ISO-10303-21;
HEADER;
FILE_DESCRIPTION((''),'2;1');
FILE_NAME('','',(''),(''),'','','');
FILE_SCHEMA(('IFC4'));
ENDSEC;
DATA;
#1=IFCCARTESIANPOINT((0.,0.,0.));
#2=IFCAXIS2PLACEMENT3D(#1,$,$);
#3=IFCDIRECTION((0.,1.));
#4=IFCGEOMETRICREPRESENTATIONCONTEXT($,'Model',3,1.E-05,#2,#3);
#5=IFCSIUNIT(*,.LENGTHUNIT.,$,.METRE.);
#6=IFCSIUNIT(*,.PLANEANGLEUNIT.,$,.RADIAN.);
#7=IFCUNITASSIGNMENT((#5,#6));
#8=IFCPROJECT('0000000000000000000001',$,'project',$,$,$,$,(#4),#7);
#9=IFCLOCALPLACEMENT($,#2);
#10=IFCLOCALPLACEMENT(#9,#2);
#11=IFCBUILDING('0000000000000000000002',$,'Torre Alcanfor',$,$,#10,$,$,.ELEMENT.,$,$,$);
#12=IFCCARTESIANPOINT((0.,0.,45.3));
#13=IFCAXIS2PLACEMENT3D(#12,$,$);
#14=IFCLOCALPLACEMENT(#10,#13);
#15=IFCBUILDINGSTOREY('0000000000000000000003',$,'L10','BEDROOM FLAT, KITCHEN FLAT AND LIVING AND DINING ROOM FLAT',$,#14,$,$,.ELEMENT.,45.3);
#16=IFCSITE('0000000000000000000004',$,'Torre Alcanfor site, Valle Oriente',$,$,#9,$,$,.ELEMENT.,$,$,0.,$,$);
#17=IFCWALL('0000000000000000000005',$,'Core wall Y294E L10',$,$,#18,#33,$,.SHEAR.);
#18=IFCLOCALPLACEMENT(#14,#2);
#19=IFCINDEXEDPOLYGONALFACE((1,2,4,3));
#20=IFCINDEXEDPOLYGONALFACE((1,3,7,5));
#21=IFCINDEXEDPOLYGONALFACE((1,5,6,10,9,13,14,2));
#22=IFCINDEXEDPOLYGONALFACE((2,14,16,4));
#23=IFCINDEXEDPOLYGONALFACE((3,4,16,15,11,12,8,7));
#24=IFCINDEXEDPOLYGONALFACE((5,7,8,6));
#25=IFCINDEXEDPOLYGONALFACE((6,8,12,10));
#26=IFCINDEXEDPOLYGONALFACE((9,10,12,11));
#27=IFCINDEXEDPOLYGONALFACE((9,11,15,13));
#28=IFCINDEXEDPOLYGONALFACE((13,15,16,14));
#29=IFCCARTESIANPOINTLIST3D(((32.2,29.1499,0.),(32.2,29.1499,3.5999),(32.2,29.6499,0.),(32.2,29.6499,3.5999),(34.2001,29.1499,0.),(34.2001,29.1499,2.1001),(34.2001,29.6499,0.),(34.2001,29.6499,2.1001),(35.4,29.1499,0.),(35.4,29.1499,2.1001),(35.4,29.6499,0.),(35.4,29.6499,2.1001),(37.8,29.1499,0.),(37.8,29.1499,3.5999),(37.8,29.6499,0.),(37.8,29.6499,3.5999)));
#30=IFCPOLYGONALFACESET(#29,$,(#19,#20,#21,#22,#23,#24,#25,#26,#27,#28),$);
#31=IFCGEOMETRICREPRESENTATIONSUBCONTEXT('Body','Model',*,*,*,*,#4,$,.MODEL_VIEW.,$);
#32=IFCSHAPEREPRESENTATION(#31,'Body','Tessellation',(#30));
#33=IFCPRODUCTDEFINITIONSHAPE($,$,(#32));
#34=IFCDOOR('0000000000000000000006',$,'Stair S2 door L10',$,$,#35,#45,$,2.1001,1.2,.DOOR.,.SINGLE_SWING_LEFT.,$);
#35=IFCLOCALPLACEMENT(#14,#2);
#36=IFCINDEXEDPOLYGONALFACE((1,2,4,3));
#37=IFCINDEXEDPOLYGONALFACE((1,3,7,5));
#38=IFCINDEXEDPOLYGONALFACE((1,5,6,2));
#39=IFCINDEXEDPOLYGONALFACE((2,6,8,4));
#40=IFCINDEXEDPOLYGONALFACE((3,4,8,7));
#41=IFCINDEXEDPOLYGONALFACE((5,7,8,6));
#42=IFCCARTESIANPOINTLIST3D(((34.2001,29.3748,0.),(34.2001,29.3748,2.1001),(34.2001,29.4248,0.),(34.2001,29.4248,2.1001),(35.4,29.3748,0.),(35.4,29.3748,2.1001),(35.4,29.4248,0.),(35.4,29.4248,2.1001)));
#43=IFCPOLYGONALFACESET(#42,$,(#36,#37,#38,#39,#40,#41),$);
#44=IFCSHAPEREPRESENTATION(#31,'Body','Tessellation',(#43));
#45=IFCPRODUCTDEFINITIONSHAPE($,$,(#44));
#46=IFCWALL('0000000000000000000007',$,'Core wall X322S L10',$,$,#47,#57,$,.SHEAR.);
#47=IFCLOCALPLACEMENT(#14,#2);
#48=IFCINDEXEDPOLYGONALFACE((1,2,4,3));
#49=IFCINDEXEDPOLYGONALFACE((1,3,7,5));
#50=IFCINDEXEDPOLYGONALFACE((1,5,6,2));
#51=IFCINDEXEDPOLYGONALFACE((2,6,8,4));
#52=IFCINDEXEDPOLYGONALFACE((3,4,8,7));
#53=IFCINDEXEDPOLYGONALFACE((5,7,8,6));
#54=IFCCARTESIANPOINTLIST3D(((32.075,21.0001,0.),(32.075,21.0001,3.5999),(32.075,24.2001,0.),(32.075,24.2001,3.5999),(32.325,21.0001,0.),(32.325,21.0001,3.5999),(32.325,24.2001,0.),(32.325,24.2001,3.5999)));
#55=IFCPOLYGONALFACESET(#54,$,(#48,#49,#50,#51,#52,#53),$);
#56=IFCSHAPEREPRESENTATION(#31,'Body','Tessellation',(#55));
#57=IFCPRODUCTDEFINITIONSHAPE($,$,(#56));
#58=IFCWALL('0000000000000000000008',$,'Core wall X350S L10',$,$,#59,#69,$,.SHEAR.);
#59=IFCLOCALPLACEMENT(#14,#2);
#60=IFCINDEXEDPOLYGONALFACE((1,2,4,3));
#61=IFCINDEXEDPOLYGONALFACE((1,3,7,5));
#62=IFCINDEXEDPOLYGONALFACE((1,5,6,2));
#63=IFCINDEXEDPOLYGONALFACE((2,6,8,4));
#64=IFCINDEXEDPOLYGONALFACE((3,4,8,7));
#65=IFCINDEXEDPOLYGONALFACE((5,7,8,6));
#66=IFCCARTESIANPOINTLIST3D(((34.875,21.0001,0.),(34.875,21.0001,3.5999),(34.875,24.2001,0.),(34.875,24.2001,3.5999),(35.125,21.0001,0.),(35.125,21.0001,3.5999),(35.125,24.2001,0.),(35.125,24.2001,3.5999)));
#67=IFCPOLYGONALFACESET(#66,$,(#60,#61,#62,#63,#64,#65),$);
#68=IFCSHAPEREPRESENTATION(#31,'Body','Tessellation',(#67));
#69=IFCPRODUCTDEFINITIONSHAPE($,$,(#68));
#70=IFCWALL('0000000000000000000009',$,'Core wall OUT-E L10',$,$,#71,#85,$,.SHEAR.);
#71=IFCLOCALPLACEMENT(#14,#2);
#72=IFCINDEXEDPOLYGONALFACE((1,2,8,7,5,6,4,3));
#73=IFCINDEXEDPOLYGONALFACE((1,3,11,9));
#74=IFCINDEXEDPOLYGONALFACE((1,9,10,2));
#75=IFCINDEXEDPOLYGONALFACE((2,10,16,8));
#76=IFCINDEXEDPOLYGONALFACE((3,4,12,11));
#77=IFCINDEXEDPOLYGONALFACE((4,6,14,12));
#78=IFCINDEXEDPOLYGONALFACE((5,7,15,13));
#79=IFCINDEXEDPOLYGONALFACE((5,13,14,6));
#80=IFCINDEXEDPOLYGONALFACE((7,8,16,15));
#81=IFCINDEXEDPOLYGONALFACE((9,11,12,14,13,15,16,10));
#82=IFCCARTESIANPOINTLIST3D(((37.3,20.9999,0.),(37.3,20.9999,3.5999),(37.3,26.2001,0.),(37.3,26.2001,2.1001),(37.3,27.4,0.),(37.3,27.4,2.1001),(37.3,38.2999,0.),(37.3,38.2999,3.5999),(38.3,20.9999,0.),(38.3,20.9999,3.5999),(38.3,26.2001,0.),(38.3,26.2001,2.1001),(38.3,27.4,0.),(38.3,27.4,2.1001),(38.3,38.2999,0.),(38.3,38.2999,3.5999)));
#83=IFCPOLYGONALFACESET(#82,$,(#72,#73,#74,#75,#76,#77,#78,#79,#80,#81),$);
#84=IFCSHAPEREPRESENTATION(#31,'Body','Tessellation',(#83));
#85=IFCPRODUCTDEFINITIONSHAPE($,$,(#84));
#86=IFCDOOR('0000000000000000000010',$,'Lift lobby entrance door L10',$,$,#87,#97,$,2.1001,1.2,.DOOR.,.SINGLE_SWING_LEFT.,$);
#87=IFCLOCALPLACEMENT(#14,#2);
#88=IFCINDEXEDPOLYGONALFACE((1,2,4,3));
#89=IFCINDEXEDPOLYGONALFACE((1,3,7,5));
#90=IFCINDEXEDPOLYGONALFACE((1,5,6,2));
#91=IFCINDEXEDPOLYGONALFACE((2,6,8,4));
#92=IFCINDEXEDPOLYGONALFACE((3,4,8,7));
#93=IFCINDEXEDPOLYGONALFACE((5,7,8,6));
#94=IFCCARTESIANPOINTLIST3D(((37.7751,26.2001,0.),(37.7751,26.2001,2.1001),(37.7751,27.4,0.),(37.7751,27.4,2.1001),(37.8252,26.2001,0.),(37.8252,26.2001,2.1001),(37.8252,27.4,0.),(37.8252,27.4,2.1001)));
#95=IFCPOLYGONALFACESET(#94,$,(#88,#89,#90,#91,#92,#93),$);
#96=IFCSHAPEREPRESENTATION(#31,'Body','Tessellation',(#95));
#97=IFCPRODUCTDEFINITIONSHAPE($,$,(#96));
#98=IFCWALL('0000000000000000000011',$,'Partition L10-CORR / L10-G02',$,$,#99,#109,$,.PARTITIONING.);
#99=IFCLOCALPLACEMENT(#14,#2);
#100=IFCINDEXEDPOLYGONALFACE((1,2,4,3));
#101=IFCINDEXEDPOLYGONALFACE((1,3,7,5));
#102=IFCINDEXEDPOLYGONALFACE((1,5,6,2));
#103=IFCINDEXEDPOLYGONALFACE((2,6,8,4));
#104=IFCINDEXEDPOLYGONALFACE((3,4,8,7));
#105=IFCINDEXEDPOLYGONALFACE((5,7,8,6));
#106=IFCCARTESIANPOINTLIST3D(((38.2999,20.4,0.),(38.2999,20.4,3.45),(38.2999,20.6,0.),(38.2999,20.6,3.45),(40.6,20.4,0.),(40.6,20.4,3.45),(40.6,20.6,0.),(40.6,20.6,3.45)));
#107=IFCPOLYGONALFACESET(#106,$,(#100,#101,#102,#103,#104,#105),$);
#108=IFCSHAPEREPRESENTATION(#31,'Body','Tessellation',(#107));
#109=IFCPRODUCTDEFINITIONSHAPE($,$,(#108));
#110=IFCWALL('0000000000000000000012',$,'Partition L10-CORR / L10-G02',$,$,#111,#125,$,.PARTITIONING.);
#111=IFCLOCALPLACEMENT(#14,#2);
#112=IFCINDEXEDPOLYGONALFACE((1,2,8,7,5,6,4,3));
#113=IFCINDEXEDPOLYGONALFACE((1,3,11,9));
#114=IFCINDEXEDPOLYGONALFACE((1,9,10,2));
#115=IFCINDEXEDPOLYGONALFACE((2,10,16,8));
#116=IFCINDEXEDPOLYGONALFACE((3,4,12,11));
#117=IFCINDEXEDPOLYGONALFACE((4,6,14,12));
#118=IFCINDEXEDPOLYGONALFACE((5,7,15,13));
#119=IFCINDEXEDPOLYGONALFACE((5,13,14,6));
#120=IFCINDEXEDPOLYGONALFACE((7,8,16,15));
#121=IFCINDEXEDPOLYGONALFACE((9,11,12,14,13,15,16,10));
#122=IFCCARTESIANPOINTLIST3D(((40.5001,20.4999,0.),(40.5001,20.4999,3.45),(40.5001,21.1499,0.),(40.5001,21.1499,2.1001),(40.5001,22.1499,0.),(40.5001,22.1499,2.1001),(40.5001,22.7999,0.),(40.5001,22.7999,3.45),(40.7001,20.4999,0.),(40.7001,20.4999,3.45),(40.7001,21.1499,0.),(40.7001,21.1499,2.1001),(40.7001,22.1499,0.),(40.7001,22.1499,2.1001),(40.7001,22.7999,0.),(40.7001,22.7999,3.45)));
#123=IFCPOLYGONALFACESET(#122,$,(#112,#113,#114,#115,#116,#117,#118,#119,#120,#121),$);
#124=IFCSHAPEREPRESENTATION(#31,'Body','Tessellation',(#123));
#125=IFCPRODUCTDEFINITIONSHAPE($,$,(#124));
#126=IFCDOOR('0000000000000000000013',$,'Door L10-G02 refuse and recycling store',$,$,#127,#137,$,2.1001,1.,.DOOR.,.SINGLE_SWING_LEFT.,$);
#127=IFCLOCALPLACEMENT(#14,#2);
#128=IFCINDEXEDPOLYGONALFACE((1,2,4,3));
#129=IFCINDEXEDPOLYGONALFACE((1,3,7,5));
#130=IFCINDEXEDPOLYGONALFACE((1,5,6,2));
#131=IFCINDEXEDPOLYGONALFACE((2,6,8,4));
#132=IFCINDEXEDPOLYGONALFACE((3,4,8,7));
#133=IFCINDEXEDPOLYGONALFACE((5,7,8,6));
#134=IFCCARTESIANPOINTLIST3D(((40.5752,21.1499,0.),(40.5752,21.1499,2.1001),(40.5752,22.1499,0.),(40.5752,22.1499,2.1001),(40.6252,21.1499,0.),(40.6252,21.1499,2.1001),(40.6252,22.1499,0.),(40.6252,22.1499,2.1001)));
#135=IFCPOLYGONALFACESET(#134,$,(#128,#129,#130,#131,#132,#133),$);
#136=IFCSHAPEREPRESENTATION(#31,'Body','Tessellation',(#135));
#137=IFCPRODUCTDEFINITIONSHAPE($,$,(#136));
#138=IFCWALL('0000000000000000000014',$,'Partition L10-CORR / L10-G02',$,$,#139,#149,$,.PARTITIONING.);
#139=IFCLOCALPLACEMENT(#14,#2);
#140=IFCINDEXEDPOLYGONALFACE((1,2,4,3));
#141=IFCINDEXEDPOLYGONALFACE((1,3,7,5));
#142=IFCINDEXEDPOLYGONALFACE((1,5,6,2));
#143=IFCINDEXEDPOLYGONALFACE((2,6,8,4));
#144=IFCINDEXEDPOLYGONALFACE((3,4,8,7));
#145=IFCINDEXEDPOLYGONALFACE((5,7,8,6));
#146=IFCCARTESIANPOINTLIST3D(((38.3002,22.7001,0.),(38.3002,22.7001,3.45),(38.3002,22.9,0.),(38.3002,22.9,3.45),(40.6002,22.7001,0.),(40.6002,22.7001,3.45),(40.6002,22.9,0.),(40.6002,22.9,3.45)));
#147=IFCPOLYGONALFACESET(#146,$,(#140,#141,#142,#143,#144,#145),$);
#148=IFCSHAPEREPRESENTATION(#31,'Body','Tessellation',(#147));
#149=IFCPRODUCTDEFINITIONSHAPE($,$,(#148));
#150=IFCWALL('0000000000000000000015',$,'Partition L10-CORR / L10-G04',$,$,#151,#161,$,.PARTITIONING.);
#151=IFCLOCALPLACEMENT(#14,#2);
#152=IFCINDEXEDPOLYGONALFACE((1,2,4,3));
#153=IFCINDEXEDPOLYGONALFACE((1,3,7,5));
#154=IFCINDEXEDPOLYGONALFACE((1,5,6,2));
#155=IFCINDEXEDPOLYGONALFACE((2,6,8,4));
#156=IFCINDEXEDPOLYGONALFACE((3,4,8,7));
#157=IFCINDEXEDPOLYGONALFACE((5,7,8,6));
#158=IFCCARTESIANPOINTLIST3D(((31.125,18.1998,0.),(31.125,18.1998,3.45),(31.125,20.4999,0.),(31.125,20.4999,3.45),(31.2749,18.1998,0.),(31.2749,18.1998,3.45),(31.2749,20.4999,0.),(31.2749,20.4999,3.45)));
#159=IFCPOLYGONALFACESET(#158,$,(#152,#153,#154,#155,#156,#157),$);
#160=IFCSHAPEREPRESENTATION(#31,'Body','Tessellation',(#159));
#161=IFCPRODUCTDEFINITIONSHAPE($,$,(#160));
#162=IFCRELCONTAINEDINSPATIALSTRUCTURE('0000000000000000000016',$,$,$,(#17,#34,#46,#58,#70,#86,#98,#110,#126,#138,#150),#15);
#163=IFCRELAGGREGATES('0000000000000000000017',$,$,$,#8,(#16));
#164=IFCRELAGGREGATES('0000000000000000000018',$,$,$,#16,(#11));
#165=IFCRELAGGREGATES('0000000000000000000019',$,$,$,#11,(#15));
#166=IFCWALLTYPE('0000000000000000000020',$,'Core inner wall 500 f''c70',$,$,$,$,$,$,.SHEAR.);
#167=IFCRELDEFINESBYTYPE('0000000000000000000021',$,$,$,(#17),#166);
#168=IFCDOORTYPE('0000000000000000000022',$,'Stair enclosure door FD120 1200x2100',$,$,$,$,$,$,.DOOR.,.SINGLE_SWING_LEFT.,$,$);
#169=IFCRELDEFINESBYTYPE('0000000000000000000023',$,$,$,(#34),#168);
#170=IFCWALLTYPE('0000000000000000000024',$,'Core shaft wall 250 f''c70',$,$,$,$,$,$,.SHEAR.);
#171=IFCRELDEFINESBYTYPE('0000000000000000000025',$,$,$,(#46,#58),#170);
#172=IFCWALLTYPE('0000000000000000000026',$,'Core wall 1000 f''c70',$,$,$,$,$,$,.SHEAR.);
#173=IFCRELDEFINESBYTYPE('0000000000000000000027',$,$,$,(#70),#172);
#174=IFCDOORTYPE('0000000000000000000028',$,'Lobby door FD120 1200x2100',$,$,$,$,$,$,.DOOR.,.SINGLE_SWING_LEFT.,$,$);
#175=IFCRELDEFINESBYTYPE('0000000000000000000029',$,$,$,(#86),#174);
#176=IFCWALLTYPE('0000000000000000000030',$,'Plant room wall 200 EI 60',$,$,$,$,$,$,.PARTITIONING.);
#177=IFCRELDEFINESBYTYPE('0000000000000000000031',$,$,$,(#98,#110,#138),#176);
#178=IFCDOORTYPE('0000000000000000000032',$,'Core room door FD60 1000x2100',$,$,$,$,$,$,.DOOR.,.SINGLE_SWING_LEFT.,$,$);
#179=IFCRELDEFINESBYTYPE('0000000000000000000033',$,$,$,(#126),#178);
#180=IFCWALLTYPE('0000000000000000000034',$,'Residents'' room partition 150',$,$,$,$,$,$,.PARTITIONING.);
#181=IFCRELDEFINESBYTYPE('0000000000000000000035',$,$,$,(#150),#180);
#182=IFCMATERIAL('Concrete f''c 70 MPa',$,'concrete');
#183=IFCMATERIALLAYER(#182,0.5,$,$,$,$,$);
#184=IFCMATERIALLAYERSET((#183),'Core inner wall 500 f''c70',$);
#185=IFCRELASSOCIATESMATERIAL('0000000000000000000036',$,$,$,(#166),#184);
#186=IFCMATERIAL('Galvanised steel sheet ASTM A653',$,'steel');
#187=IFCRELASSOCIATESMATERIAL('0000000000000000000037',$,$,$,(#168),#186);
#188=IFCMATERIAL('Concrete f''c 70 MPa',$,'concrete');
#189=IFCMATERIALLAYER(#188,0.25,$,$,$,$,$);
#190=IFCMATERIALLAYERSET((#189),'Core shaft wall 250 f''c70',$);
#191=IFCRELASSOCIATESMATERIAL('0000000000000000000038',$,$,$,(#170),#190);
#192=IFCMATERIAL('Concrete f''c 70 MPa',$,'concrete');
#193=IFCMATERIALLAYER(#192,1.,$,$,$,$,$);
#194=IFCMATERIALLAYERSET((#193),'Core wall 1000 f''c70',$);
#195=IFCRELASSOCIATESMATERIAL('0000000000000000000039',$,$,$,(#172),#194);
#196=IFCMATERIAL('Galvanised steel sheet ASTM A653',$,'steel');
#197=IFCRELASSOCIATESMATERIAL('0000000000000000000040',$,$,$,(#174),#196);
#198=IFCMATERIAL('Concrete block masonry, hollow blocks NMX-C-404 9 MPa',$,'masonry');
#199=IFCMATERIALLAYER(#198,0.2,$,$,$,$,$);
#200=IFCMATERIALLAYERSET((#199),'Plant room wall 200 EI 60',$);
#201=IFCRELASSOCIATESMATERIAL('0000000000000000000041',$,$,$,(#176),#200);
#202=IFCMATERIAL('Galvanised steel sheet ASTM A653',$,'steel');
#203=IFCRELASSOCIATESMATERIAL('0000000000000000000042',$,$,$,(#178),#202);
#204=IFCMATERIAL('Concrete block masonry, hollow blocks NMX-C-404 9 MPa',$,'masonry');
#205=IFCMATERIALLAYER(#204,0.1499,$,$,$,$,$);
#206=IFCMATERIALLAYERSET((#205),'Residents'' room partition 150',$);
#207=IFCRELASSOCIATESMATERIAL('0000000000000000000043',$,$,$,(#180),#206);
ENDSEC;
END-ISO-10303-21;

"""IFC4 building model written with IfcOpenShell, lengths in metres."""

from ifc_helpers import new_model, si_unit, direction, frame, frame_2d, origin, place, context, subcontext, project, spatial, rectangle, extrude, material, layer, layer_set, type_object, element, fill, save


model = new_model("IFC4")

# Units and contexts
model_context = context("Model", 3, precision=1e-05, world=origin(), true_north=direction((0.0, 1.0)))
body_context = subcontext(model_context, "Body", "Model", "MODEL_VIEW")
ifc_project = project(units=[si_unit("LENGTHUNIT", "METRE"), si_unit("PLANEANGLEUNIT", "RADIAN")], contexts=[model_context])

# Site, building, storey
site_placement = place(None, origin())
site = spatial("IfcSite", under=ifc_project, at=site_placement, Name="Torre Alcanfor site, Valle Oriente", CompositionType="ELEMENT", RefElevation=0.0)
building_placement = place(site_placement, origin())
building = spatial("IfcBuilding", under=site, at=building_placement, Name="Torre Alcanfor", CompositionType="ELEMENT")
storey_placement = place(building_placement, frame((0.0, 0.0, 45.3)))
storey = spatial("IfcBuildingStorey", under=building, at=storey_placement, Name="L10", Description="BEDROOM FLAT, KITCHEN FLAT AND LIVING AND DINING ROOM FLAT", CompositionType="ELEMENT", Elevation=45.3)

# Shared definitions
ifc_material_1 = material(Name="Concrete f'c 70 MPa", Category="concrete")
ifc_layer_1 = layer(ifc_material_1, 0.5)
ifc_layer_set_1 = layer_set([ifc_layer_1], Name="Core inner wall 500 f'c70")
wall_type_1 = type_object("IfcWallType", Name="Core inner wall 500 f'c70", PredefinedType="SHEAR", material=ifc_layer_set_1)

# Wall, opening, door
wall_1_placement = place(storey_placement, frame((32.2, 29.3999, 0.0), z_axis=(0.0, 0.0, 1.0), x_axis=(1.0, 0.0, 0.0)))
wall_1 = element("IfcWall", 1, at=wall_1_placement, inside=storey, type_object=wall_type_1, Name="Core wall Y294E L10", PredefinedType="SHEAR", context=body_context, shape_type="SweptSolid", body=[
    extrude(rectangle(XDim=5.6001, YDim=0.5, at=frame_2d((2.8, 0.0))), origin(), (0.0, 0.0, 1.0), 3.5999),
])
opening_1_placement = place(wall_1_placement, frame((2.0, 0.0, 0.0)))
opening_1 = element("IfcOpeningElement", 2, at=opening_1_placement, cuts=wall_1, PredefinedType="OPENING", context=body_context, shape_type="SweptSolid", body=[
    extrude(rectangle(XDim=1.2, YDim=2.1001, at=frame_2d((0.6001, 1.05))), frame((0.0, 0.26, 0.0), z_axis=(0.0, -1.0, 0.0), x_axis=(1.0, 0.0, 0.0)), (0.0, 0.0, 1.0), 0.52),
])
ifc_material_2 = material(Name="Galvanised steel sheet ASTM A653", Category="steel")
door_type_1 = type_object("IfcDoorType", Name="Stair enclosure door FD120 1200x2100", OperationType="SINGLE_SWING_LEFT", PredefinedType="DOOR", material=ifc_material_2)
door_1_placement = place(opening_1_placement, origin())
door_1 = element("IfcDoor", 3, at=door_1_placement, inside=storey, type_object=door_type_1, Name="Stair S2 door L10", OperationType="SINGLE_SWING_LEFT", OverallHeight=2.1001, OverallWidth=1.2, PredefinedType="DOOR", context=body_context, shape_type="SweptSolid", body=[
    extrude(rectangle(XDim=1.2, YDim=2.1001, at=frame_2d((0.6001, 1.05))), frame((0.0, 0.0249, 0.0), z_axis=(0.0, -1.0, 0.0), x_axis=(1.0, 0.0, 0.0)), (0.0, 0.0, 1.0), 0.05),
])
fill(opening_1, door_1)

# Walls
ifc_material_3 = material(Name="Concrete f'c 70 MPa", Category="concrete")
ifc_layer_2 = layer(ifc_material_3, 0.25)
ifc_layer_set_2 = layer_set([ifc_layer_2], Name="Core shaft wall 250 f'c70")
wall_type_2 = type_object("IfcWallType", Name="Core shaft wall 250 f'c70", PredefinedType="SHEAR", material=ifc_layer_set_2)
for number, where, z_axis, x_axis, name in (
    (4, (32.2, 21.0, 0.0), (0.0, 0.0, 1.0), (0.0, 1.0, 0.0), "Core wall X322S L10"),
    (5, (35.0, 21.0, 0.0), (0.0, 0.0, 1.0), (0.0, 1.0, 0.0), "Core wall X350S L10"),
):
    element("IfcWall", number, at=place(storey_placement, frame(where, z_axis=z_axis, x_axis=x_axis)), inside=storey, type_object=wall_type_2, Name=name, PredefinedType="SHEAR", context=body_context, shape_type="SweptSolid", body=[
        extrude(rectangle(XDim=3.2, YDim=0.25, at=frame_2d((1.6001, 0.0))), origin(), (0.0, 0.0, 1.0), 3.5999),
    ])

# Wall, opening, door
ifc_material_4 = material(Name="Concrete f'c 70 MPa", Category="concrete")
ifc_layer_3 = layer(ifc_material_4, 1.0)
ifc_layer_set_3 = layer_set([ifc_layer_3], Name="Core wall 1000 f'c70")
wall_type_3 = type_object("IfcWallType", Name="Core wall 1000 f'c70", PredefinedType="SHEAR", material=ifc_layer_set_3)
wall_2_placement = place(storey_placement, frame((37.8, 21.0, 0.0), z_axis=(0.0, 0.0, 1.0), x_axis=(0.0, 1.0, 0.0)))
wall_2 = element("IfcWall", 6, at=wall_2_placement, inside=storey, type_object=wall_type_3, Name="Core wall OUT-E L10", PredefinedType="SHEAR", context=body_context, shape_type="SweptSolid", body=[
    extrude(rectangle(XDim=17.3, YDim=1.0, at=frame_2d((8.6499, 0.0))), origin(), (0.0, 0.0, 1.0), 3.5999),
])
opening_2_placement = place(wall_2_placement, frame((5.2, 0.0, 0.0)))
opening_2 = element("IfcOpeningElement", 7, at=opening_2_placement, cuts=wall_2, PredefinedType="OPENING", context=body_context, shape_type="SweptSolid", body=[
    extrude(rectangle(XDim=1.2, YDim=2.1001, at=frame_2d((0.6001, 1.05))), frame((0.0, 0.51, 0.0), z_axis=(0.0, -1.0, 0.0), x_axis=(1.0, 0.0, 0.0)), (0.0, 0.0, 1.0), 1.02),
])
ifc_material_5 = material(Name="Galvanised steel sheet ASTM A653", Category="steel")
door_type_2 = type_object("IfcDoorType", Name="Lobby door FD120 1200x2100", OperationType="SINGLE_SWING_LEFT", PredefinedType="DOOR", material=ifc_material_5)
door_2_placement = place(opening_2_placement, origin())
door_2 = element("IfcDoor", 8, at=door_2_placement, inside=storey, type_object=door_type_2, Name="Lift lobby entrance door L10", OperationType="SINGLE_SWING_LEFT", OverallHeight=2.1001, OverallWidth=1.2, PredefinedType="DOOR", context=body_context, shape_type="SweptSolid", body=[
    extrude(rectangle(XDim=1.2, YDim=2.1001, at=frame_2d((0.6001, 1.05))), frame((0.0, 0.0249, 0.0), z_axis=(0.0, -1.0, 0.0), x_axis=(1.0, 0.0, 0.0)), (0.0, 0.0, 1.0), 0.05),
])
fill(opening_2, door_2)

# Wall
ifc_material_6 = material(Name="Concrete block masonry, hollow blocks NMX-C-404 9 MPa", Category="masonry")
ifc_layer_4 = layer(ifc_material_6, 0.2)
ifc_layer_set_4 = layer_set([ifc_layer_4], Name="Plant room wall 200 EI 60")
wall_type_4 = type_object("IfcWallType", Name="Plant room wall 200 EI 60", PredefinedType="PARTITIONING", material=ifc_layer_set_4)
wall_3_placement = place(storey_placement, frame((38.3, 20.5, 0.0), z_axis=(0.0, 0.0, 1.0), x_axis=(1.0, 0.0, 0.0)))
element("IfcWall", 9, at=wall_3_placement, inside=storey, type_object=wall_type_4, Name="Partition L10-CORR / L10-G02", PredefinedType="PARTITIONING", context=body_context, shape_type="SweptSolid", body=[
    extrude(rectangle(XDim=2.3, YDim=0.2, at=frame_2d((1.1499, 0.0))), origin(), (0.0, 0.0, 1.0), 3.45),
])

# Wall, opening, door
wall_4_placement = place(storey_placement, frame((40.6001, 20.5, 0.0), z_axis=(0.0, 0.0, 1.0), x_axis=(0.0, 1.0, 0.0)))
wall_4 = element("IfcWall", 10, at=wall_4_placement, inside=storey, type_object=wall_type_4, Name="Partition L10-CORR / L10-G02", PredefinedType="PARTITIONING", context=body_context, shape_type="SweptSolid", body=[
    extrude(rectangle(XDim=2.3, YDim=0.2, at=frame_2d((1.1499, 0.0))), origin(), (0.0, 0.0, 1.0), 3.45),
])
opening_3_placement = place(wall_4_placement, frame((0.6499, 0.0, 0.0)))
opening_3 = element("IfcOpeningElement", 11, at=opening_3_placement, cuts=wall_4, PredefinedType="OPENING", context=body_context, shape_type="SweptSolid", body=[
    extrude(rectangle(XDim=1.0, YDim=2.1001, at=frame_2d((0.5, 1.05))), frame((0.0, 0.1099, 0.0), z_axis=(0.0, -1.0, 0.0), x_axis=(1.0, 0.0, 0.0)), (0.0, 0.0, 1.0), 0.22),
])
ifc_material_7 = material(Name="Galvanised steel sheet ASTM A653", Category="steel")
door_type_3 = type_object("IfcDoorType", Name="Core room door FD60 1000x2100", OperationType="SINGLE_SWING_LEFT", PredefinedType="DOOR", material=ifc_material_7)
door_3_placement = place(opening_3_placement, origin())
door_3 = element("IfcDoor", 12, at=door_3_placement, inside=storey, type_object=door_type_3, Name="Door L10-G02 refuse and recycling store", OperationType="SINGLE_SWING_LEFT", OverallHeight=2.1001, OverallWidth=1.0, PredefinedType="DOOR", context=body_context, shape_type="SweptSolid", body=[
    extrude(rectangle(XDim=1.0, YDim=2.1001, at=frame_2d((0.5, 1.05))), frame((0.0, 0.0249, 0.0), z_axis=(0.0, -1.0, 0.0), x_axis=(1.0, 0.0, 0.0)), (0.0, 0.0, 1.0), 0.05),
])
fill(opening_3, door_3)

# Walls
wall_5_placement = place(storey_placement, frame((40.6001, 22.8, 0.0), z_axis=(0.0, 0.0, 1.0), x_axis=(-1.0, 0.0, 0.0)))
element("IfcWall", 13, at=wall_5_placement, inside=storey, type_object=wall_type_4, Name="Partition L10-CORR / L10-G02", PredefinedType="PARTITIONING", context=body_context, shape_type="SweptSolid", body=[
    extrude(rectangle(XDim=2.3, YDim=0.2, at=frame_2d((1.1499, 0.0))), origin(), (0.0, 0.0, 1.0), 3.45),
])
ifc_material_8 = material(Name="Concrete block masonry, hollow blocks NMX-C-404 9 MPa", Category="masonry")
ifc_layer_5 = layer(ifc_material_8, 0.1499)
ifc_layer_set_5 = layer_set([ifc_layer_5], Name="Residents' room partition 150")
wall_type_5 = type_object("IfcWallType", Name="Residents' room partition 150", PredefinedType="PARTITIONING", material=ifc_layer_set_5)
wall_6_placement = place(storey_placement, frame((31.2, 18.2, 0.0), z_axis=(0.0, 0.0, 1.0), x_axis=(0.0, 1.0, 0.0)))
element("IfcWall", 14, at=wall_6_placement, inside=storey, type_object=wall_type_5, Name="Partition L10-CORR / L10-G04", PredefinedType="PARTITIONING", context=body_context, shape_type="SweptSolid", body=[
    extrude(rectangle(XDim=2.3, YDim=0.1499, at=frame_2d((1.1499, 0.0))), origin(), (0.0, 0.0, 1.0), 3.45),
])

save(model, "model.ifc")
